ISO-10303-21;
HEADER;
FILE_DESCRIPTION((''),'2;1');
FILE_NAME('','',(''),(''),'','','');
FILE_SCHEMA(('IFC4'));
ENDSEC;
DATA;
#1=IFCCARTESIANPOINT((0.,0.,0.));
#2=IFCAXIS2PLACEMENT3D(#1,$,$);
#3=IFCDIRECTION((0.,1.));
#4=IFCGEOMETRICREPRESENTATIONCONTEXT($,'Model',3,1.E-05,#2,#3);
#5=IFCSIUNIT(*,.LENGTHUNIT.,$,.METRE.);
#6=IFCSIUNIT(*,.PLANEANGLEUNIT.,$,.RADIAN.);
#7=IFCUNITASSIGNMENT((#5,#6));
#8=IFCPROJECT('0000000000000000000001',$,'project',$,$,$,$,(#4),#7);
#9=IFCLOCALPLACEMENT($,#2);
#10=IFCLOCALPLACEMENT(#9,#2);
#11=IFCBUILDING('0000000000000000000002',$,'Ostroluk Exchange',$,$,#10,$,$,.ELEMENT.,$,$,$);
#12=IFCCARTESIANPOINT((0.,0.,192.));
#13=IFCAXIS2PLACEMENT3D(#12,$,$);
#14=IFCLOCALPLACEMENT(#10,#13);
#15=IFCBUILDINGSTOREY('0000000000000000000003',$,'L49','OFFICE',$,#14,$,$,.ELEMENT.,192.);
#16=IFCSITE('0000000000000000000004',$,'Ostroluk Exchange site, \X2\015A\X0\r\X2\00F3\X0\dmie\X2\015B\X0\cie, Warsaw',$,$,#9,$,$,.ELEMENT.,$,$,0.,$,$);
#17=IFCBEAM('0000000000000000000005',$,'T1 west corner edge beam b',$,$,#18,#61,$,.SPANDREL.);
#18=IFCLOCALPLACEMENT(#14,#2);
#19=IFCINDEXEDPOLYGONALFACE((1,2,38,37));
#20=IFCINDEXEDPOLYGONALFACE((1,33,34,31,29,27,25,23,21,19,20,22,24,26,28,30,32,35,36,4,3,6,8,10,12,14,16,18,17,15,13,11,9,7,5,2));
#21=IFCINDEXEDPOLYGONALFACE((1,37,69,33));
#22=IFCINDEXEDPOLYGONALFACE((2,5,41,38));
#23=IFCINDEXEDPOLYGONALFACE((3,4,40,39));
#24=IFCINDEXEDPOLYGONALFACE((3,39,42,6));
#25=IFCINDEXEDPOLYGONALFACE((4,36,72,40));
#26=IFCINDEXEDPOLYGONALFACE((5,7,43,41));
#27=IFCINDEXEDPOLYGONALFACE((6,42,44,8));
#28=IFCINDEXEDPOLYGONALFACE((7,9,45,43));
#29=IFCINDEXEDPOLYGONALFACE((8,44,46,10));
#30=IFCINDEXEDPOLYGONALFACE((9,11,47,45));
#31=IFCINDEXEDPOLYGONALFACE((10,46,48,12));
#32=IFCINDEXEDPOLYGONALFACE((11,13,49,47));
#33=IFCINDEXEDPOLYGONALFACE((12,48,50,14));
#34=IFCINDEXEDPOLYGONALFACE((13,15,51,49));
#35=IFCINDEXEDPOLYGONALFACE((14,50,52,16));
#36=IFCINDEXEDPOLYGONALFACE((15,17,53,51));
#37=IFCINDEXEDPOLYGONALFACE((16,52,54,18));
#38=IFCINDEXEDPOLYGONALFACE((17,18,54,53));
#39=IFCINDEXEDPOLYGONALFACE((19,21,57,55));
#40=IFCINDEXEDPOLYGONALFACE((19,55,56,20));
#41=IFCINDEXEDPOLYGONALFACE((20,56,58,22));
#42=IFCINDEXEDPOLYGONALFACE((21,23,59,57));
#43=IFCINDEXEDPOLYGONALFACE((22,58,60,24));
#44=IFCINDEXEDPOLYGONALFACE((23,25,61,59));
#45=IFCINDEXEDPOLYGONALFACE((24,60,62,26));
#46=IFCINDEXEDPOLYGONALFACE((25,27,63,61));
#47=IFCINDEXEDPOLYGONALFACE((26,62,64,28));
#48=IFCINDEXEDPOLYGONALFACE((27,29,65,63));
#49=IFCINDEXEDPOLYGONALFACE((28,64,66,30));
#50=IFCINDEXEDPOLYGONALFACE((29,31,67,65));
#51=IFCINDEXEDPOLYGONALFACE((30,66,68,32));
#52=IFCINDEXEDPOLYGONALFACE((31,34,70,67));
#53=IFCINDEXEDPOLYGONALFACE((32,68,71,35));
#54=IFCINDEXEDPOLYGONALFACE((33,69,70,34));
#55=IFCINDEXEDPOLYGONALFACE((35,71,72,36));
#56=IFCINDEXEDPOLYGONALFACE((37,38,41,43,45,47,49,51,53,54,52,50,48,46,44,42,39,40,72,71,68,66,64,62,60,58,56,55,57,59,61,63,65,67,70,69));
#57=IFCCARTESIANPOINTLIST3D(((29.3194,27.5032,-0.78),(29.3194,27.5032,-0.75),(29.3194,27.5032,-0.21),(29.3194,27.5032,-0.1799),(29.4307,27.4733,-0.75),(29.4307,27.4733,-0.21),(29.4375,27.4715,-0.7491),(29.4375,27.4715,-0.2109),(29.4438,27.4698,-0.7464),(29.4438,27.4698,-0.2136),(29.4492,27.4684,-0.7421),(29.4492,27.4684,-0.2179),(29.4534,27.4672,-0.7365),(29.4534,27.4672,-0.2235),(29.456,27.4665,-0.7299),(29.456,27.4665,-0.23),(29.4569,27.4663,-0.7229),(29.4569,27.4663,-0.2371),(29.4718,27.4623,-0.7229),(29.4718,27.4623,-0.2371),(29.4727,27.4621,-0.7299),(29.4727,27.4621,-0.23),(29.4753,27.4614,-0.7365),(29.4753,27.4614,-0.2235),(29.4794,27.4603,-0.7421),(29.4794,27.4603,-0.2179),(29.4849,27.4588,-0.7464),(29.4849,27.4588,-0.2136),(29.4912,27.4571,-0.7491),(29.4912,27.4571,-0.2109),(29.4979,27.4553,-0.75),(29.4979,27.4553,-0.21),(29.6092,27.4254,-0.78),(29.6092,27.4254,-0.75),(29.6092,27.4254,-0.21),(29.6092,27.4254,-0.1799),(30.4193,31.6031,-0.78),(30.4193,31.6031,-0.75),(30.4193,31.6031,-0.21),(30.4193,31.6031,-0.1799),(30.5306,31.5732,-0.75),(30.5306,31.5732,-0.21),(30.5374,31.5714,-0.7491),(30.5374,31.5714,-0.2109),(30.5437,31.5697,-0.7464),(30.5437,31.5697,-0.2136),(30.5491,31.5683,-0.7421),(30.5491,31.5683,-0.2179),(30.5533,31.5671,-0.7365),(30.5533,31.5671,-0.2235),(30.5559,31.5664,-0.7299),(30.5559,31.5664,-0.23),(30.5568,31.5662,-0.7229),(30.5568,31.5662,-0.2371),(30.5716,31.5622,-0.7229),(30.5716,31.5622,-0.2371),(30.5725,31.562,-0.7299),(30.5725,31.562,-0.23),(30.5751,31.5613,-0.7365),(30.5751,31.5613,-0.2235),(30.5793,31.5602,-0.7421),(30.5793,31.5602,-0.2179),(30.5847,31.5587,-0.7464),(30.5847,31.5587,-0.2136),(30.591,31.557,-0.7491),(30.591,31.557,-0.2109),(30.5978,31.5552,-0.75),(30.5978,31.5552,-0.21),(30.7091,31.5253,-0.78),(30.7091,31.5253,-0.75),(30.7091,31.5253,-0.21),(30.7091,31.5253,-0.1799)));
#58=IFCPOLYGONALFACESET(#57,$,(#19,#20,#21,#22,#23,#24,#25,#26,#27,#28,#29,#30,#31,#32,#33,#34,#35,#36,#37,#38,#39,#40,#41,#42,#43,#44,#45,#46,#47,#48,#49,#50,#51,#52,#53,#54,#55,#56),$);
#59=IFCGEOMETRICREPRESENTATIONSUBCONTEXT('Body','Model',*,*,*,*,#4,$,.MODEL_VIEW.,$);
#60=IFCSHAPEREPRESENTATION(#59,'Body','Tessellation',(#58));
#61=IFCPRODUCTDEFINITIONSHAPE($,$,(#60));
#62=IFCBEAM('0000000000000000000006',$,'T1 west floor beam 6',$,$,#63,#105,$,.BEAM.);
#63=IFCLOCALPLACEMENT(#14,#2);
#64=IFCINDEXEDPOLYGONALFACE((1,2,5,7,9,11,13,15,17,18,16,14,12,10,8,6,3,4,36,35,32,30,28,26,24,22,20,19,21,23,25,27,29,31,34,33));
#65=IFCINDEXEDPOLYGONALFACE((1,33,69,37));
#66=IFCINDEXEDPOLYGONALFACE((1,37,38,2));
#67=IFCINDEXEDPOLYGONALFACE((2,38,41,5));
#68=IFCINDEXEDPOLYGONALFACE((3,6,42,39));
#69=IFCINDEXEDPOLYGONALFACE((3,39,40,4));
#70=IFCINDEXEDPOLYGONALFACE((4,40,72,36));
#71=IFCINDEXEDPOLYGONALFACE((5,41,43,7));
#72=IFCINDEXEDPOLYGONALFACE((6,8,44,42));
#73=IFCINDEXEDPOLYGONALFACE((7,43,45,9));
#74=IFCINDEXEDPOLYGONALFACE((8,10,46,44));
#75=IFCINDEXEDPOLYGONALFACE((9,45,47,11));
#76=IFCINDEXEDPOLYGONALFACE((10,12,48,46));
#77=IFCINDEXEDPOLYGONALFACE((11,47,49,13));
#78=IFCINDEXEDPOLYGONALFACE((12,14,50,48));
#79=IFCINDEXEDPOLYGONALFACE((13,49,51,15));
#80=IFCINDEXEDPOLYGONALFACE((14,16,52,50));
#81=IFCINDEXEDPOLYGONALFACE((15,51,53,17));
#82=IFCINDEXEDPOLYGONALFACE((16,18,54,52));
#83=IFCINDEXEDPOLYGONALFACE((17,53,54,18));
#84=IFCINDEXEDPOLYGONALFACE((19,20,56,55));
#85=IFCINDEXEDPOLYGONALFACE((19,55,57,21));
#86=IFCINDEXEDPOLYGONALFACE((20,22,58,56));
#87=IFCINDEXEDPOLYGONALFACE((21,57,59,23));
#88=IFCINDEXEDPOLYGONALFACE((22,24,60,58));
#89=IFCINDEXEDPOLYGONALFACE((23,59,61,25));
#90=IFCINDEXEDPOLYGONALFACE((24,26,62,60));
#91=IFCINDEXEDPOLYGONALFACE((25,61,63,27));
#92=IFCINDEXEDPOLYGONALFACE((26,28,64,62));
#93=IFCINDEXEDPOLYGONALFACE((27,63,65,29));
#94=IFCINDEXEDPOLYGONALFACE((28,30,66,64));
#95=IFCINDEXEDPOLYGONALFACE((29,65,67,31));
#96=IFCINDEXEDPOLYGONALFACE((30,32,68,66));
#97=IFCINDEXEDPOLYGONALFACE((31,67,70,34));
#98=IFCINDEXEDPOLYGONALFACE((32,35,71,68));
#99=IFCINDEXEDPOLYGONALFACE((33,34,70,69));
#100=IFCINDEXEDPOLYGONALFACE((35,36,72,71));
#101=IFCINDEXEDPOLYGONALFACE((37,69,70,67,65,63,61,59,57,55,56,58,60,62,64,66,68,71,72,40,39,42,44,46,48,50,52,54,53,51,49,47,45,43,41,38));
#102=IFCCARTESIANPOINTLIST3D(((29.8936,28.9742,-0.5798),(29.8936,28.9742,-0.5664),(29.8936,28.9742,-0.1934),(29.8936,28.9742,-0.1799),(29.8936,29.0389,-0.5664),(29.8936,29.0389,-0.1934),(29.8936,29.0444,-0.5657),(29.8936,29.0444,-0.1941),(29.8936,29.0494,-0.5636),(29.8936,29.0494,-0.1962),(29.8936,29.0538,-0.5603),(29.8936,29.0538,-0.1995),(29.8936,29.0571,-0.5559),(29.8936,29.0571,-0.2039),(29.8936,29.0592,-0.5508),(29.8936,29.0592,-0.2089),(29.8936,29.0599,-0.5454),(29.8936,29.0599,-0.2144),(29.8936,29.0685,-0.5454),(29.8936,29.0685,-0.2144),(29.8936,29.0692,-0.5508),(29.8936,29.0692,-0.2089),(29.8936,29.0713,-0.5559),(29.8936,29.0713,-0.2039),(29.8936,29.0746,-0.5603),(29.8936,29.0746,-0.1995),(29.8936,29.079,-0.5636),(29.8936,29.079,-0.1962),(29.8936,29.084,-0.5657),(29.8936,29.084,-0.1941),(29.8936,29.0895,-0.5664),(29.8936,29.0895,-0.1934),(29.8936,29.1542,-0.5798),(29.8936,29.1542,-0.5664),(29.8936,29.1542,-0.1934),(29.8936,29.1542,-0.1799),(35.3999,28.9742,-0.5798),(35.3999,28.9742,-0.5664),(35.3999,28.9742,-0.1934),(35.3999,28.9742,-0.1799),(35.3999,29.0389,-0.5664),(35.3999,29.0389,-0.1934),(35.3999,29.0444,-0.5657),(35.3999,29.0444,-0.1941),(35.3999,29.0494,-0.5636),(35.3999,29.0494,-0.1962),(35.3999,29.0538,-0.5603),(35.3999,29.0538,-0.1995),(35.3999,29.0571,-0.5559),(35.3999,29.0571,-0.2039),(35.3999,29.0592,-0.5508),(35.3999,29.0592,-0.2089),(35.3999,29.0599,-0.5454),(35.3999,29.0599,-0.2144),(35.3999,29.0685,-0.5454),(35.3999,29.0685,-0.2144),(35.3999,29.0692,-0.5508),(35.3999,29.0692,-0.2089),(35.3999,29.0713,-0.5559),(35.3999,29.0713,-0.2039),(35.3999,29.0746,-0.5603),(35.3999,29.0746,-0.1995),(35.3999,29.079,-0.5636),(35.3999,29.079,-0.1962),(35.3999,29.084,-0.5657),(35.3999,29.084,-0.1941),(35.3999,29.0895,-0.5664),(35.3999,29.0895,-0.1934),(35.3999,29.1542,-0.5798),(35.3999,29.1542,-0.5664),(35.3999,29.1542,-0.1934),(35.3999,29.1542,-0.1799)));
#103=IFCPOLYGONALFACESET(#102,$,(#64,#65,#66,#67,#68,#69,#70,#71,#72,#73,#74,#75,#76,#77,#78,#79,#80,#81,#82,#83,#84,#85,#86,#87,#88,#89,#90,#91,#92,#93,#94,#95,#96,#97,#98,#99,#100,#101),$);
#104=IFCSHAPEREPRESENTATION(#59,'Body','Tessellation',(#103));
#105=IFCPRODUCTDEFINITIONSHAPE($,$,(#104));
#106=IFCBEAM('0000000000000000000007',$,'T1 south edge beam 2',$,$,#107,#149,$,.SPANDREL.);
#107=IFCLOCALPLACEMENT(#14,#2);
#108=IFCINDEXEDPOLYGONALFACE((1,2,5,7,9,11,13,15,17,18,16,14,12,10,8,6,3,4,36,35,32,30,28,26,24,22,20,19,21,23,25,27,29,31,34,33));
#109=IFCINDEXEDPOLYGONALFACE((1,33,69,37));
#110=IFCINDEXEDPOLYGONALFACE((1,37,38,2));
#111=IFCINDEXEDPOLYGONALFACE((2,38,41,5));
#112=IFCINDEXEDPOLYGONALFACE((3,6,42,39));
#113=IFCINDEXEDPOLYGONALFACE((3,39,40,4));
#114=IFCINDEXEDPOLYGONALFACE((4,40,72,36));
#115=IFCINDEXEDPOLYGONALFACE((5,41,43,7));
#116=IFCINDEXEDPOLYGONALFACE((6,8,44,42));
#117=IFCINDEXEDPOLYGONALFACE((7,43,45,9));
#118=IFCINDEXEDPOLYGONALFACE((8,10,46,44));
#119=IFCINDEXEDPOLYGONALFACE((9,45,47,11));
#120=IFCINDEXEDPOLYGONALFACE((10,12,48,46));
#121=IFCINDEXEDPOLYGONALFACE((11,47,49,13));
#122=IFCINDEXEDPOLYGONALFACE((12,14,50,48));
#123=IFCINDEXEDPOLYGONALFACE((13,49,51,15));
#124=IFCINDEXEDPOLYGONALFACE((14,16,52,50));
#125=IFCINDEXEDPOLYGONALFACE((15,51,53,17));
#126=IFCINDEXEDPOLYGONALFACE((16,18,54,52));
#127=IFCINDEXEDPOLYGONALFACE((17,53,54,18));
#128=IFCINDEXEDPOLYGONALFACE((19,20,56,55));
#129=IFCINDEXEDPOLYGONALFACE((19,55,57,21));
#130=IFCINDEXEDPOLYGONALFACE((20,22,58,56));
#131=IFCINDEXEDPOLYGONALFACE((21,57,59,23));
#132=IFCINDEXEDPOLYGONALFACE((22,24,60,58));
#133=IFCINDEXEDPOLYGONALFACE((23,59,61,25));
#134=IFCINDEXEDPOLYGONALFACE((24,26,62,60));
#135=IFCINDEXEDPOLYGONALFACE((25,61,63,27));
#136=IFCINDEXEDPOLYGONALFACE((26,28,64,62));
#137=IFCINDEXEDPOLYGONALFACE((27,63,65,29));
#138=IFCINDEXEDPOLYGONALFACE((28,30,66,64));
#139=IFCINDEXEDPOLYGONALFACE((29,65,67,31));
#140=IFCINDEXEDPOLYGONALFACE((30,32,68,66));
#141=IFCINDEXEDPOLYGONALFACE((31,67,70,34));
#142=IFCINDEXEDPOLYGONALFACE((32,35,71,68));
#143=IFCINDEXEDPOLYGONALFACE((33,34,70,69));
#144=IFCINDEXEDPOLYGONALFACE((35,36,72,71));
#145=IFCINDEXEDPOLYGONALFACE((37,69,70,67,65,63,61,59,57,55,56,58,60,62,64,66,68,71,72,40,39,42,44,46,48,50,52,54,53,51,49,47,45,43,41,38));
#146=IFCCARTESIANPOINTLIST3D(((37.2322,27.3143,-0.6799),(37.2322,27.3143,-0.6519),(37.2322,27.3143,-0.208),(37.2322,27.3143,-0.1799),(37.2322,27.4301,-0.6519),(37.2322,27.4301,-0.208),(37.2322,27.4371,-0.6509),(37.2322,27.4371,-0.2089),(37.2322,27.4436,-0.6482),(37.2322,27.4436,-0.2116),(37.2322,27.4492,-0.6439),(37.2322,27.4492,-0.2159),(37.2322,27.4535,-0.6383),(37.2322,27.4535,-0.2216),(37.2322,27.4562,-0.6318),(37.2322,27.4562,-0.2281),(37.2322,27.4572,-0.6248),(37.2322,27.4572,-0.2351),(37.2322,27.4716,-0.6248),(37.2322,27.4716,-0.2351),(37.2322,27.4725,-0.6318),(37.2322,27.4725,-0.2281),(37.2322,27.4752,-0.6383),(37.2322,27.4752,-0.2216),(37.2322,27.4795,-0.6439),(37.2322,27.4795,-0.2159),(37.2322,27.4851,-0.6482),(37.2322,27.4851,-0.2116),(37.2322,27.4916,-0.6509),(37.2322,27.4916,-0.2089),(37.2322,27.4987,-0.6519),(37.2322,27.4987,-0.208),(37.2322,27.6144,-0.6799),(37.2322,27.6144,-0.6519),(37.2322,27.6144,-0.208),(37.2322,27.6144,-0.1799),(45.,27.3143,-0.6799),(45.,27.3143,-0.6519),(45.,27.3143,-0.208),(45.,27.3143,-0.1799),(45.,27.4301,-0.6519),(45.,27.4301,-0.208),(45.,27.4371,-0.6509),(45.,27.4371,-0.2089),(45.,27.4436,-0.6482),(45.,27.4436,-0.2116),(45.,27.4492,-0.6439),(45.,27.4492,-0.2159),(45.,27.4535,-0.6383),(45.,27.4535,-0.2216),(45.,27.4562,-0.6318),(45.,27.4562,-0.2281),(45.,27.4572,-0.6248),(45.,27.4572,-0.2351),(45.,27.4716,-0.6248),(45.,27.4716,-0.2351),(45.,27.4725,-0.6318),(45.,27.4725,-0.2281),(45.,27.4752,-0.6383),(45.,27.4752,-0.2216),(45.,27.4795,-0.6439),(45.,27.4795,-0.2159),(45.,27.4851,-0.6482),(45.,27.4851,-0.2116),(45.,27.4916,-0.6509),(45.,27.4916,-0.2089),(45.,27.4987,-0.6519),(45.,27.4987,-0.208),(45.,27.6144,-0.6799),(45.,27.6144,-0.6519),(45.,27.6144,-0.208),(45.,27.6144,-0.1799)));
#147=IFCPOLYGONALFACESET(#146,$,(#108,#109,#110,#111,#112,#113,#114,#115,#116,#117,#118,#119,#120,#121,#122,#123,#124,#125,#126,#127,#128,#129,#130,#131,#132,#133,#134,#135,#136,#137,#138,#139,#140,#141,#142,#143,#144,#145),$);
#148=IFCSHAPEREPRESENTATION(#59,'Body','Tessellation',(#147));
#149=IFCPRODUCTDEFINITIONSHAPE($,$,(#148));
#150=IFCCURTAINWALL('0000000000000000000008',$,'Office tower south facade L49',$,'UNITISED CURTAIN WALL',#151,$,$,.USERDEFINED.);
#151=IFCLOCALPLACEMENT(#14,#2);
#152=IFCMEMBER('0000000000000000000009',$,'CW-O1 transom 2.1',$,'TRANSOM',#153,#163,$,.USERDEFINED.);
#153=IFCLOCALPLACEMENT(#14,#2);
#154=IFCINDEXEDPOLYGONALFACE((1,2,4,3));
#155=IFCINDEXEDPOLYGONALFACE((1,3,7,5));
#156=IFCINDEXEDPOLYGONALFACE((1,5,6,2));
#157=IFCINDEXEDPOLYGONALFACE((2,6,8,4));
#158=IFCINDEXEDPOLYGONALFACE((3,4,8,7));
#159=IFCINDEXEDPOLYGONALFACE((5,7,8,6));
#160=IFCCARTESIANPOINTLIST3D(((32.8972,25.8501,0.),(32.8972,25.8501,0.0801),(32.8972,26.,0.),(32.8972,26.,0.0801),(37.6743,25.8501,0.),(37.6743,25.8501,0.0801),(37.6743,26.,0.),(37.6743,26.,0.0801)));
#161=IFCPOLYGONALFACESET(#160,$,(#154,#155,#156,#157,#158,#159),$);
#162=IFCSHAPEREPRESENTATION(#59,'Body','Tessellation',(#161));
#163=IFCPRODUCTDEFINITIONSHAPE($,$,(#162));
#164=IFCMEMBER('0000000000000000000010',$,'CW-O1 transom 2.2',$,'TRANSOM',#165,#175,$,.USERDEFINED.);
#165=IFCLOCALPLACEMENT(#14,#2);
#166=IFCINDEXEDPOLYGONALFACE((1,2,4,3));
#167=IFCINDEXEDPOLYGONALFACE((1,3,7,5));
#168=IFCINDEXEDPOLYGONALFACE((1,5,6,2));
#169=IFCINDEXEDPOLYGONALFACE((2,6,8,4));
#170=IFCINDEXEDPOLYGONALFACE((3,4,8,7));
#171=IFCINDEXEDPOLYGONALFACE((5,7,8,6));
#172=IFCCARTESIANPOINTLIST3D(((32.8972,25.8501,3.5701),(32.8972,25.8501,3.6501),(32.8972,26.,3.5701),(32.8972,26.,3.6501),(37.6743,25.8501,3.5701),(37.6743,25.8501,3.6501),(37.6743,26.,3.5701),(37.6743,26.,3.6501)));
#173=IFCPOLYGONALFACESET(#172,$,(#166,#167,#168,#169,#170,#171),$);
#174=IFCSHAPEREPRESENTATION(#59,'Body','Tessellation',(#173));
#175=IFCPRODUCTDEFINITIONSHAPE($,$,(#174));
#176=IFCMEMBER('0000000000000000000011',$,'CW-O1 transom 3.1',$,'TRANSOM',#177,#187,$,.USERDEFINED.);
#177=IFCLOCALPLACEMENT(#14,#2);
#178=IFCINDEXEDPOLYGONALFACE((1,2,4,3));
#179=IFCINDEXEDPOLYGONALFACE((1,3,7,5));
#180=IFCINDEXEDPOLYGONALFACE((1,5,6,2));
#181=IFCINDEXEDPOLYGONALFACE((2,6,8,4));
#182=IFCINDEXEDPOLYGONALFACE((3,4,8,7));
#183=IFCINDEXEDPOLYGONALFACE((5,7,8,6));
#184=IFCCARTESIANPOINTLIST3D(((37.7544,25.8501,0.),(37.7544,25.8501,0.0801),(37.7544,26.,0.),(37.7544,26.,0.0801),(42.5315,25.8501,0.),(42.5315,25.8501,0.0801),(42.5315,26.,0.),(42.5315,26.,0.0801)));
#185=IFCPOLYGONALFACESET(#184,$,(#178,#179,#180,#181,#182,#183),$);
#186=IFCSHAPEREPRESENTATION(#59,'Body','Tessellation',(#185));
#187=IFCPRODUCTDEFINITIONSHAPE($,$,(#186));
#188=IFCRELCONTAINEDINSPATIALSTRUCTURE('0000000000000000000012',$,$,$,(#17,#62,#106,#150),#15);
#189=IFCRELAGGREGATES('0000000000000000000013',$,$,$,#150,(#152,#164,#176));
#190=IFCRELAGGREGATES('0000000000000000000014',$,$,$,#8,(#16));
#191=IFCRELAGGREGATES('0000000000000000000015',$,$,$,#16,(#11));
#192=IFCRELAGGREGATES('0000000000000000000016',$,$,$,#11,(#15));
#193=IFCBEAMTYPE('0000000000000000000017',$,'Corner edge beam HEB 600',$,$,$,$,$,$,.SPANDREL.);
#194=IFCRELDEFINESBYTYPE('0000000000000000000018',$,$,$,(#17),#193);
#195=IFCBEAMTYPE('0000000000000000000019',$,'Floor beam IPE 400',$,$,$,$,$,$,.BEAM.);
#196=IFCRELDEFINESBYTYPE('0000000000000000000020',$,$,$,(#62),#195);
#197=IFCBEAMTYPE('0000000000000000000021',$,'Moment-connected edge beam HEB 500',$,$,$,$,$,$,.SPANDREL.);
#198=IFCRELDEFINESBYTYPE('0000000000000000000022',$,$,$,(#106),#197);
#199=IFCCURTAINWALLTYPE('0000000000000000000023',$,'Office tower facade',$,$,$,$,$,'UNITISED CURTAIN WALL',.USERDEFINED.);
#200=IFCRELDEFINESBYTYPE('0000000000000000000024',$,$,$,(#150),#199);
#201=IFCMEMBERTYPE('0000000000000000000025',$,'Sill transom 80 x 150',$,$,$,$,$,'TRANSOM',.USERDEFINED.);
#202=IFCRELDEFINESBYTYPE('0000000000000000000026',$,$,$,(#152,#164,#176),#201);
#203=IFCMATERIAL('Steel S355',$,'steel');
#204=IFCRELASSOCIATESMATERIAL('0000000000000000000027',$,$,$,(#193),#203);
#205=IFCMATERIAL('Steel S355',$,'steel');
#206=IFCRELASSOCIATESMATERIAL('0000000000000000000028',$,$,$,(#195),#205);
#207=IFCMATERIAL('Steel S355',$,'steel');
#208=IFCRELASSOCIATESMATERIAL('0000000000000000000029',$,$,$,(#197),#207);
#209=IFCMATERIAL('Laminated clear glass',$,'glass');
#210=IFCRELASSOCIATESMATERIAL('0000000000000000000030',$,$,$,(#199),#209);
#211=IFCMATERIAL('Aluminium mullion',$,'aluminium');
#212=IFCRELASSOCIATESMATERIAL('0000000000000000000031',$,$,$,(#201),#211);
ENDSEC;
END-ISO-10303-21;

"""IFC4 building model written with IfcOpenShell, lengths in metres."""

from ifc_helpers import new_model, si_unit, direction, frame, origin, origin_2d, place, context, subcontext, project, spatial, rectangle, i_section, extrude, material, material_profile, profile_set, type_object, element, aggregate, save


model = new_model("IFC4")

# Units and contexts
model_context = context("Model", 3, precision=1e-05, world=origin(), true_north=direction((0.0, 1.0)))
body_context = subcontext(model_context, "Body", "Model", "MODEL_VIEW")
ifc_project = project(units=[si_unit("LENGTHUNIT", "METRE"), si_unit("PLANEANGLEUNIT", "RADIAN")], contexts=[model_context])

# Site, building, storey
site_placement = place(None, origin())
site = spatial("IfcSite", under=ifc_project, at=site_placement, Name="Ostroluk Exchange site, Śródmieście, Warsaw", CompositionType="ELEMENT", RefElevation=0.0)
building_placement = place(site_placement, origin())
building = spatial("IfcBuilding", under=site, at=building_placement, Name="Ostroluk Exchange", CompositionType="ELEMENT")
storey_placement = place(building_placement, frame((0.0, 0.0, 192.0)))
storey = spatial("IfcBuildingStorey", under=building, at=storey_placement, Name="L49", Description="OFFICE", CompositionType="ELEMENT", Elevation=192.0)

# Beams
ifc_material_1 = material(Name="Steel S355", Category="steel")
ifc_material_profile_1 = material_profile(ifc_material_1, i_section(OverallWidth=0.3, OverallDepth=0.6001, WebThickness=0.0154, FlangeThickness=0.03, FilletRadius=0.0271, at=origin_2d()), Name="HEB 600")
ifc_profile_set_1 = profile_set([ifc_material_profile_1], Name="Steel S355")
beam_type_1 = type_object("IfcBeamType", Name="Corner edge beam HEB 600", PredefinedType="SPANDREL", material=ifc_profile_set_1)
for number, where, z_axis, x_axis, name in (
    (1, (30.5642, 31.5642, -0.48), (-0.259105, -0.965849, 0.0), (0.965849, -0.259105, 0.0), "T1 west corner edge beam b"),
):
    element("IfcBeam", number, at=place(storey_placement, frame(where, z_axis=z_axis, x_axis=x_axis)), inside=storey, type_object=beam_type_1, Name=name, PredefinedType="SPANDREL", context=body_context, shape_type="SweptSolid", body=[
        extrude(i_section(OverallWidth=0.3, OverallDepth=0.6001, WebThickness=0.0154, FlangeThickness=0.03, FilletRadius=0.0271, at=origin_2d()), origin(), (0.0, 0.0, 1.0), 4.2449),
    ])
ifc_material_2 = material(Name="Steel S355", Category="steel")
ifc_material_profile_2 = material_profile(ifc_material_2, i_section(OverallWidth=0.1799, OverallDepth=0.3999, WebThickness=0.0085, FlangeThickness=0.0134, FilletRadius=0.021, at=origin_2d()), Name="IPE 400")
ifc_profile_set_2 = profile_set([ifc_material_profile_2], Name="Steel S355")
beam_type_2 = type_object("IfcBeamType", Name="Floor beam IPE 400", PredefinedType="BEAM", material=ifc_profile_set_2)
beam_1_placement = place(storey_placement, frame((35.3999, 29.0642, -0.3799), z_axis=(-1.0, 0.0, 0.0), x_axis=(0.0, -1.0, 0.0)))
element("IfcBeam", 2, at=beam_1_placement, inside=storey, type_object=beam_type_2, Name="T1 west floor beam 6", PredefinedType="BEAM", context=body_context, shape_type="SweptSolid", body=[
    extrude(i_section(OverallWidth=0.1799, OverallDepth=0.3999, WebThickness=0.0085, FlangeThickness=0.0134, FilletRadius=0.021, at=origin_2d()), origin(), (0.0, 0.0, 1.0), 5.5063),
])
ifc_material_3 = material(Name="Steel S355", Category="steel")
ifc_material_profile_3 = material_profile(ifc_material_3, i_section(OverallWidth=0.3, OverallDepth=0.5, WebThickness=0.0144, FlangeThickness=0.0281, FilletRadius=0.0271, at=origin_2d()), Name="HEB 500")
ifc_profile_set_3 = profile_set([ifc_material_profile_3], Name="Steel S355")
beam_type_3 = type_object("IfcBeamType", Name="Moment-connected edge beam HEB 500", PredefinedType="SPANDREL", material=ifc_profile_set_3)
beam_2_placement = place(storey_placement, frame((37.2322, 27.4644, -0.4299), z_axis=(1.0, 0.0, 0.0), x_axis=(0.0, 1.0, 0.0)))
element("IfcBeam", 3, at=beam_2_placement, inside=storey, type_object=beam_type_3, Name="T1 south edge beam 2", PredefinedType="SPANDREL", context=body_context, shape_type="SweptSolid", body=[
    extrude(i_section(OverallWidth=0.3, OverallDepth=0.5, WebThickness=0.0144, FlangeThickness=0.0281, FilletRadius=0.0271, at=origin_2d()), origin(), (0.0, 0.0, 1.0), 7.7678),
])

# Curtain wall, members
ifc_material_4 = material(Name="Laminated clear glass", Category="glass")
curtain_wall_type = type_object("IfcCurtainWallType", Name="Office tower facade", ElementType="UNITISED CURTAIN WALL", PredefinedType="USERDEFINED", material=ifc_material_4)
curtain_wall_placement = place(storey_placement, origin())
curtain_wall = element("IfcCurtainWall", 4, at=curtain_wall_placement, inside=storey, type_object=curtain_wall_type, Name="Office tower south facade L49", ObjectType="UNITISED CURTAIN WALL", PredefinedType="USERDEFINED")
ifc_material_5 = material(Name="Aluminium mullion", Category="aluminium")
ifc_material_profile_4 = material_profile(ifc_material_5, rectangle(XDim=0.1499, YDim=0.0801, at=origin_2d()), Name="Sill transom 80 x 150")
ifc_profile_set_4 = profile_set([ifc_material_profile_4], Name="Aluminium mullion")
member_type_1 = type_object("IfcMemberType", Name="Sill transom 80 x 150", ElementType="TRANSOM", PredefinedType="USERDEFINED", material=ifc_profile_set_4)
member_1_placement = place(storey_placement, frame((32.8972, 25.925, 0.04), z_axis=(1.0, 0.0, 0.0), x_axis=(0.0, 1.0, 0.0)))
member_1 = element("IfcMember", 5, at=member_1_placement, type_object=member_type_1, Name="CW-O1 transom 2.1", ObjectType="TRANSOM", PredefinedType="USERDEFINED", context=body_context, shape_type="SweptSolid", body=[
    extrude(rectangle(XDim=0.1499, YDim=0.0801, at=origin_2d()), origin(), (0.0, 0.0, 1.0), 4.7771),
])
member_2_placement = place(storey_placement, frame((32.8972, 25.925, 3.6101), z_axis=(1.0, 0.0, 0.0), x_axis=(0.0, 1.0, 0.0)))
member_2 = element("IfcMember", 6, at=member_2_placement, type_object=member_type_1, Name="CW-O1 transom 2.2", ObjectType="TRANSOM", PredefinedType="USERDEFINED", context=body_context, shape_type="SweptSolid", body=[
    extrude(rectangle(XDim=0.1499, YDim=0.0801, at=origin_2d()), origin(), (0.0, 0.0, 1.0), 4.7771),
])
member_3_placement = place(storey_placement, frame((37.7544, 25.925, 0.04), z_axis=(1.0, 0.0, 0.0), x_axis=(0.0, 1.0, 0.0)))
member_3 = element("IfcMember", 7, at=member_3_placement, type_object=member_type_1, Name="CW-O1 transom 3.1", ObjectType="TRANSOM", PredefinedType="USERDEFINED", context=body_context, shape_type="SweptSolid", body=[
    extrude(rectangle(XDim=0.1499, YDim=0.0801, at=origin_2d()), origin(), (0.0, 0.0, 1.0), 4.7771),
])
aggregate(curtain_wall, [member_1, member_2, member_3])

save(model, "model.ifc")
